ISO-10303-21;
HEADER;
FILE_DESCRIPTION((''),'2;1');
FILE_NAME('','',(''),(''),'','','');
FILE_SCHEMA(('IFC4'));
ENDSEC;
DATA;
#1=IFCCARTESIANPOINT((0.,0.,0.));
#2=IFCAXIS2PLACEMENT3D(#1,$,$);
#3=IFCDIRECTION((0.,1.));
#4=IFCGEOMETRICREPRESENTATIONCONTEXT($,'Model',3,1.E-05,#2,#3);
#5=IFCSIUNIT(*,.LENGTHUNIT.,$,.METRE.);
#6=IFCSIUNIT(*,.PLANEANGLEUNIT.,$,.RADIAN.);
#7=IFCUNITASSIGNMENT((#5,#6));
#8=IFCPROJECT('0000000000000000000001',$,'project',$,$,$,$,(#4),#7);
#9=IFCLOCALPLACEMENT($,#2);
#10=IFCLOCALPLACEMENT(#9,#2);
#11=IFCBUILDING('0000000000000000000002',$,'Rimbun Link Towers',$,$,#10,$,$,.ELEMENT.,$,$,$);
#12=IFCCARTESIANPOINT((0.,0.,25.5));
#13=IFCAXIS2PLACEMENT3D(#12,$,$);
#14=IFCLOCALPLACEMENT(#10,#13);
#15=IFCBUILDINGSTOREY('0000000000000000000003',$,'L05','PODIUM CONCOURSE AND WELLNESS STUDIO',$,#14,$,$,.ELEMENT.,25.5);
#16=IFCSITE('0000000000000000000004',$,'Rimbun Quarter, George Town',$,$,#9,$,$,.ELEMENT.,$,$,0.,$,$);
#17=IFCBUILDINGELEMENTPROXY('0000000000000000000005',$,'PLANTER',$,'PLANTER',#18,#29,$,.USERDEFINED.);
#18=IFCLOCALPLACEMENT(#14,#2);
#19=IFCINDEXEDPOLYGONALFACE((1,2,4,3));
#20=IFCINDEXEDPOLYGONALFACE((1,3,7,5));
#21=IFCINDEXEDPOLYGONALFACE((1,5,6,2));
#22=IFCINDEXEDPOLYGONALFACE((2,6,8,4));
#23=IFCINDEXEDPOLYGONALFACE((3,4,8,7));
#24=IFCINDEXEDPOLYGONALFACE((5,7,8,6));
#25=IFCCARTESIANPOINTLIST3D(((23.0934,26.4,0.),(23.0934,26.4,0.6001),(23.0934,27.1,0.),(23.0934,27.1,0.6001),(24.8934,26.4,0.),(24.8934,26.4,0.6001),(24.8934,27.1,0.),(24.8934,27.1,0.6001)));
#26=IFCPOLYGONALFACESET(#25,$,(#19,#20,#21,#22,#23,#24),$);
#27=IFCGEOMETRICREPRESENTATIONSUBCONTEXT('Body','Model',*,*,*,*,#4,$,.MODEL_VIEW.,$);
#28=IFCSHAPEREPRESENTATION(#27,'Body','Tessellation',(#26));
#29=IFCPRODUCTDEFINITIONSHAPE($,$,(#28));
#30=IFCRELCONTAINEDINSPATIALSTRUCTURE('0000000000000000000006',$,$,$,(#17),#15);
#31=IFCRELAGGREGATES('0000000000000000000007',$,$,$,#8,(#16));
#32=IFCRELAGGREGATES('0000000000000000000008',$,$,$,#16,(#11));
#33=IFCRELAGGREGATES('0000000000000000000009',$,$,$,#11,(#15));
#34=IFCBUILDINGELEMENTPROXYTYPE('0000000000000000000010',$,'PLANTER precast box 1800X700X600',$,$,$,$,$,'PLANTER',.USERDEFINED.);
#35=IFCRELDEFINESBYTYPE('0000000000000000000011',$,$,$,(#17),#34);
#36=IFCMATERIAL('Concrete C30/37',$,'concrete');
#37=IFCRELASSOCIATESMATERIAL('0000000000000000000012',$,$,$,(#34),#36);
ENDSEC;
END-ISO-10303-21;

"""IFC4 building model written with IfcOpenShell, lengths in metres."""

from ifc_helpers import new_model, si_unit, direction, frame, origin, origin_2d, place, context, subcontext, project, spatial, rectangle, extrude, material, type_object, element, save


model = new_model("IFC4")

# Units and contexts
model_context = context("Model", 3, precision=1e-05, world=origin(), true_north=direction((0.0, 1.0)))
body_context = subcontext(model_context, "Body", "Model", "MODEL_VIEW")
ifc_project = project(units=[si_unit("LENGTHUNIT", "METRE"), si_unit("PLANEANGLEUNIT", "RADIAN")], contexts=[model_context])

# Site, building, storey
site_placement = place(None, origin())
site = spatial("IfcSite", under=ifc_project, at=site_placement, Name="Rimbun Quarter, George Town", CompositionType="ELEMENT", RefElevation=0.0)
building_placement = place(site_placement, origin())
building = spatial("IfcBuilding", under=site, at=building_placement, Name="Rimbun Link Towers", CompositionType="ELEMENT")
storey_placement = place(building_placement, frame((0.0, 0.0, 25.5)))
storey = spatial("IfcBuildingStorey", under=building, at=storey_placement, Name="L05", Description="PODIUM CONCOURSE AND WELLNESS STUDIO", CompositionType="ELEMENT", Elevation=25.5)

# Building element proxy
ifc_material_1 = material(Name="Concrete C30/37", Category="concrete")
building_element_proxy_type = type_object("IfcBuildingElementProxyType", Name="PLANTER precast box 1800X700X600", ElementType="PLANTER", PredefinedType="USERDEFINED", material=ifc_material_1)
proxy_placement = place(storey_placement, frame((23.9934, 26.75, 0.0), z_axis=(0.0, 0.0, 1.0), x_axis=(-1.0, 0.0, 0.0)))
element("IfcBuildingElementProxy", 1, at=proxy_placement, inside=storey, type_object=building_element_proxy_type, Name="PLANTER", ObjectType="PLANTER", PredefinedType="USERDEFINED", context=body_context, shape_type="SweptSolid", body=[
    extrude(rectangle(XDim=1.8, YDim=0.7, at=origin_2d()), origin(), (0.0, 0.0, 1.0), 0.6001),
])

save(model, "model.ifc")
